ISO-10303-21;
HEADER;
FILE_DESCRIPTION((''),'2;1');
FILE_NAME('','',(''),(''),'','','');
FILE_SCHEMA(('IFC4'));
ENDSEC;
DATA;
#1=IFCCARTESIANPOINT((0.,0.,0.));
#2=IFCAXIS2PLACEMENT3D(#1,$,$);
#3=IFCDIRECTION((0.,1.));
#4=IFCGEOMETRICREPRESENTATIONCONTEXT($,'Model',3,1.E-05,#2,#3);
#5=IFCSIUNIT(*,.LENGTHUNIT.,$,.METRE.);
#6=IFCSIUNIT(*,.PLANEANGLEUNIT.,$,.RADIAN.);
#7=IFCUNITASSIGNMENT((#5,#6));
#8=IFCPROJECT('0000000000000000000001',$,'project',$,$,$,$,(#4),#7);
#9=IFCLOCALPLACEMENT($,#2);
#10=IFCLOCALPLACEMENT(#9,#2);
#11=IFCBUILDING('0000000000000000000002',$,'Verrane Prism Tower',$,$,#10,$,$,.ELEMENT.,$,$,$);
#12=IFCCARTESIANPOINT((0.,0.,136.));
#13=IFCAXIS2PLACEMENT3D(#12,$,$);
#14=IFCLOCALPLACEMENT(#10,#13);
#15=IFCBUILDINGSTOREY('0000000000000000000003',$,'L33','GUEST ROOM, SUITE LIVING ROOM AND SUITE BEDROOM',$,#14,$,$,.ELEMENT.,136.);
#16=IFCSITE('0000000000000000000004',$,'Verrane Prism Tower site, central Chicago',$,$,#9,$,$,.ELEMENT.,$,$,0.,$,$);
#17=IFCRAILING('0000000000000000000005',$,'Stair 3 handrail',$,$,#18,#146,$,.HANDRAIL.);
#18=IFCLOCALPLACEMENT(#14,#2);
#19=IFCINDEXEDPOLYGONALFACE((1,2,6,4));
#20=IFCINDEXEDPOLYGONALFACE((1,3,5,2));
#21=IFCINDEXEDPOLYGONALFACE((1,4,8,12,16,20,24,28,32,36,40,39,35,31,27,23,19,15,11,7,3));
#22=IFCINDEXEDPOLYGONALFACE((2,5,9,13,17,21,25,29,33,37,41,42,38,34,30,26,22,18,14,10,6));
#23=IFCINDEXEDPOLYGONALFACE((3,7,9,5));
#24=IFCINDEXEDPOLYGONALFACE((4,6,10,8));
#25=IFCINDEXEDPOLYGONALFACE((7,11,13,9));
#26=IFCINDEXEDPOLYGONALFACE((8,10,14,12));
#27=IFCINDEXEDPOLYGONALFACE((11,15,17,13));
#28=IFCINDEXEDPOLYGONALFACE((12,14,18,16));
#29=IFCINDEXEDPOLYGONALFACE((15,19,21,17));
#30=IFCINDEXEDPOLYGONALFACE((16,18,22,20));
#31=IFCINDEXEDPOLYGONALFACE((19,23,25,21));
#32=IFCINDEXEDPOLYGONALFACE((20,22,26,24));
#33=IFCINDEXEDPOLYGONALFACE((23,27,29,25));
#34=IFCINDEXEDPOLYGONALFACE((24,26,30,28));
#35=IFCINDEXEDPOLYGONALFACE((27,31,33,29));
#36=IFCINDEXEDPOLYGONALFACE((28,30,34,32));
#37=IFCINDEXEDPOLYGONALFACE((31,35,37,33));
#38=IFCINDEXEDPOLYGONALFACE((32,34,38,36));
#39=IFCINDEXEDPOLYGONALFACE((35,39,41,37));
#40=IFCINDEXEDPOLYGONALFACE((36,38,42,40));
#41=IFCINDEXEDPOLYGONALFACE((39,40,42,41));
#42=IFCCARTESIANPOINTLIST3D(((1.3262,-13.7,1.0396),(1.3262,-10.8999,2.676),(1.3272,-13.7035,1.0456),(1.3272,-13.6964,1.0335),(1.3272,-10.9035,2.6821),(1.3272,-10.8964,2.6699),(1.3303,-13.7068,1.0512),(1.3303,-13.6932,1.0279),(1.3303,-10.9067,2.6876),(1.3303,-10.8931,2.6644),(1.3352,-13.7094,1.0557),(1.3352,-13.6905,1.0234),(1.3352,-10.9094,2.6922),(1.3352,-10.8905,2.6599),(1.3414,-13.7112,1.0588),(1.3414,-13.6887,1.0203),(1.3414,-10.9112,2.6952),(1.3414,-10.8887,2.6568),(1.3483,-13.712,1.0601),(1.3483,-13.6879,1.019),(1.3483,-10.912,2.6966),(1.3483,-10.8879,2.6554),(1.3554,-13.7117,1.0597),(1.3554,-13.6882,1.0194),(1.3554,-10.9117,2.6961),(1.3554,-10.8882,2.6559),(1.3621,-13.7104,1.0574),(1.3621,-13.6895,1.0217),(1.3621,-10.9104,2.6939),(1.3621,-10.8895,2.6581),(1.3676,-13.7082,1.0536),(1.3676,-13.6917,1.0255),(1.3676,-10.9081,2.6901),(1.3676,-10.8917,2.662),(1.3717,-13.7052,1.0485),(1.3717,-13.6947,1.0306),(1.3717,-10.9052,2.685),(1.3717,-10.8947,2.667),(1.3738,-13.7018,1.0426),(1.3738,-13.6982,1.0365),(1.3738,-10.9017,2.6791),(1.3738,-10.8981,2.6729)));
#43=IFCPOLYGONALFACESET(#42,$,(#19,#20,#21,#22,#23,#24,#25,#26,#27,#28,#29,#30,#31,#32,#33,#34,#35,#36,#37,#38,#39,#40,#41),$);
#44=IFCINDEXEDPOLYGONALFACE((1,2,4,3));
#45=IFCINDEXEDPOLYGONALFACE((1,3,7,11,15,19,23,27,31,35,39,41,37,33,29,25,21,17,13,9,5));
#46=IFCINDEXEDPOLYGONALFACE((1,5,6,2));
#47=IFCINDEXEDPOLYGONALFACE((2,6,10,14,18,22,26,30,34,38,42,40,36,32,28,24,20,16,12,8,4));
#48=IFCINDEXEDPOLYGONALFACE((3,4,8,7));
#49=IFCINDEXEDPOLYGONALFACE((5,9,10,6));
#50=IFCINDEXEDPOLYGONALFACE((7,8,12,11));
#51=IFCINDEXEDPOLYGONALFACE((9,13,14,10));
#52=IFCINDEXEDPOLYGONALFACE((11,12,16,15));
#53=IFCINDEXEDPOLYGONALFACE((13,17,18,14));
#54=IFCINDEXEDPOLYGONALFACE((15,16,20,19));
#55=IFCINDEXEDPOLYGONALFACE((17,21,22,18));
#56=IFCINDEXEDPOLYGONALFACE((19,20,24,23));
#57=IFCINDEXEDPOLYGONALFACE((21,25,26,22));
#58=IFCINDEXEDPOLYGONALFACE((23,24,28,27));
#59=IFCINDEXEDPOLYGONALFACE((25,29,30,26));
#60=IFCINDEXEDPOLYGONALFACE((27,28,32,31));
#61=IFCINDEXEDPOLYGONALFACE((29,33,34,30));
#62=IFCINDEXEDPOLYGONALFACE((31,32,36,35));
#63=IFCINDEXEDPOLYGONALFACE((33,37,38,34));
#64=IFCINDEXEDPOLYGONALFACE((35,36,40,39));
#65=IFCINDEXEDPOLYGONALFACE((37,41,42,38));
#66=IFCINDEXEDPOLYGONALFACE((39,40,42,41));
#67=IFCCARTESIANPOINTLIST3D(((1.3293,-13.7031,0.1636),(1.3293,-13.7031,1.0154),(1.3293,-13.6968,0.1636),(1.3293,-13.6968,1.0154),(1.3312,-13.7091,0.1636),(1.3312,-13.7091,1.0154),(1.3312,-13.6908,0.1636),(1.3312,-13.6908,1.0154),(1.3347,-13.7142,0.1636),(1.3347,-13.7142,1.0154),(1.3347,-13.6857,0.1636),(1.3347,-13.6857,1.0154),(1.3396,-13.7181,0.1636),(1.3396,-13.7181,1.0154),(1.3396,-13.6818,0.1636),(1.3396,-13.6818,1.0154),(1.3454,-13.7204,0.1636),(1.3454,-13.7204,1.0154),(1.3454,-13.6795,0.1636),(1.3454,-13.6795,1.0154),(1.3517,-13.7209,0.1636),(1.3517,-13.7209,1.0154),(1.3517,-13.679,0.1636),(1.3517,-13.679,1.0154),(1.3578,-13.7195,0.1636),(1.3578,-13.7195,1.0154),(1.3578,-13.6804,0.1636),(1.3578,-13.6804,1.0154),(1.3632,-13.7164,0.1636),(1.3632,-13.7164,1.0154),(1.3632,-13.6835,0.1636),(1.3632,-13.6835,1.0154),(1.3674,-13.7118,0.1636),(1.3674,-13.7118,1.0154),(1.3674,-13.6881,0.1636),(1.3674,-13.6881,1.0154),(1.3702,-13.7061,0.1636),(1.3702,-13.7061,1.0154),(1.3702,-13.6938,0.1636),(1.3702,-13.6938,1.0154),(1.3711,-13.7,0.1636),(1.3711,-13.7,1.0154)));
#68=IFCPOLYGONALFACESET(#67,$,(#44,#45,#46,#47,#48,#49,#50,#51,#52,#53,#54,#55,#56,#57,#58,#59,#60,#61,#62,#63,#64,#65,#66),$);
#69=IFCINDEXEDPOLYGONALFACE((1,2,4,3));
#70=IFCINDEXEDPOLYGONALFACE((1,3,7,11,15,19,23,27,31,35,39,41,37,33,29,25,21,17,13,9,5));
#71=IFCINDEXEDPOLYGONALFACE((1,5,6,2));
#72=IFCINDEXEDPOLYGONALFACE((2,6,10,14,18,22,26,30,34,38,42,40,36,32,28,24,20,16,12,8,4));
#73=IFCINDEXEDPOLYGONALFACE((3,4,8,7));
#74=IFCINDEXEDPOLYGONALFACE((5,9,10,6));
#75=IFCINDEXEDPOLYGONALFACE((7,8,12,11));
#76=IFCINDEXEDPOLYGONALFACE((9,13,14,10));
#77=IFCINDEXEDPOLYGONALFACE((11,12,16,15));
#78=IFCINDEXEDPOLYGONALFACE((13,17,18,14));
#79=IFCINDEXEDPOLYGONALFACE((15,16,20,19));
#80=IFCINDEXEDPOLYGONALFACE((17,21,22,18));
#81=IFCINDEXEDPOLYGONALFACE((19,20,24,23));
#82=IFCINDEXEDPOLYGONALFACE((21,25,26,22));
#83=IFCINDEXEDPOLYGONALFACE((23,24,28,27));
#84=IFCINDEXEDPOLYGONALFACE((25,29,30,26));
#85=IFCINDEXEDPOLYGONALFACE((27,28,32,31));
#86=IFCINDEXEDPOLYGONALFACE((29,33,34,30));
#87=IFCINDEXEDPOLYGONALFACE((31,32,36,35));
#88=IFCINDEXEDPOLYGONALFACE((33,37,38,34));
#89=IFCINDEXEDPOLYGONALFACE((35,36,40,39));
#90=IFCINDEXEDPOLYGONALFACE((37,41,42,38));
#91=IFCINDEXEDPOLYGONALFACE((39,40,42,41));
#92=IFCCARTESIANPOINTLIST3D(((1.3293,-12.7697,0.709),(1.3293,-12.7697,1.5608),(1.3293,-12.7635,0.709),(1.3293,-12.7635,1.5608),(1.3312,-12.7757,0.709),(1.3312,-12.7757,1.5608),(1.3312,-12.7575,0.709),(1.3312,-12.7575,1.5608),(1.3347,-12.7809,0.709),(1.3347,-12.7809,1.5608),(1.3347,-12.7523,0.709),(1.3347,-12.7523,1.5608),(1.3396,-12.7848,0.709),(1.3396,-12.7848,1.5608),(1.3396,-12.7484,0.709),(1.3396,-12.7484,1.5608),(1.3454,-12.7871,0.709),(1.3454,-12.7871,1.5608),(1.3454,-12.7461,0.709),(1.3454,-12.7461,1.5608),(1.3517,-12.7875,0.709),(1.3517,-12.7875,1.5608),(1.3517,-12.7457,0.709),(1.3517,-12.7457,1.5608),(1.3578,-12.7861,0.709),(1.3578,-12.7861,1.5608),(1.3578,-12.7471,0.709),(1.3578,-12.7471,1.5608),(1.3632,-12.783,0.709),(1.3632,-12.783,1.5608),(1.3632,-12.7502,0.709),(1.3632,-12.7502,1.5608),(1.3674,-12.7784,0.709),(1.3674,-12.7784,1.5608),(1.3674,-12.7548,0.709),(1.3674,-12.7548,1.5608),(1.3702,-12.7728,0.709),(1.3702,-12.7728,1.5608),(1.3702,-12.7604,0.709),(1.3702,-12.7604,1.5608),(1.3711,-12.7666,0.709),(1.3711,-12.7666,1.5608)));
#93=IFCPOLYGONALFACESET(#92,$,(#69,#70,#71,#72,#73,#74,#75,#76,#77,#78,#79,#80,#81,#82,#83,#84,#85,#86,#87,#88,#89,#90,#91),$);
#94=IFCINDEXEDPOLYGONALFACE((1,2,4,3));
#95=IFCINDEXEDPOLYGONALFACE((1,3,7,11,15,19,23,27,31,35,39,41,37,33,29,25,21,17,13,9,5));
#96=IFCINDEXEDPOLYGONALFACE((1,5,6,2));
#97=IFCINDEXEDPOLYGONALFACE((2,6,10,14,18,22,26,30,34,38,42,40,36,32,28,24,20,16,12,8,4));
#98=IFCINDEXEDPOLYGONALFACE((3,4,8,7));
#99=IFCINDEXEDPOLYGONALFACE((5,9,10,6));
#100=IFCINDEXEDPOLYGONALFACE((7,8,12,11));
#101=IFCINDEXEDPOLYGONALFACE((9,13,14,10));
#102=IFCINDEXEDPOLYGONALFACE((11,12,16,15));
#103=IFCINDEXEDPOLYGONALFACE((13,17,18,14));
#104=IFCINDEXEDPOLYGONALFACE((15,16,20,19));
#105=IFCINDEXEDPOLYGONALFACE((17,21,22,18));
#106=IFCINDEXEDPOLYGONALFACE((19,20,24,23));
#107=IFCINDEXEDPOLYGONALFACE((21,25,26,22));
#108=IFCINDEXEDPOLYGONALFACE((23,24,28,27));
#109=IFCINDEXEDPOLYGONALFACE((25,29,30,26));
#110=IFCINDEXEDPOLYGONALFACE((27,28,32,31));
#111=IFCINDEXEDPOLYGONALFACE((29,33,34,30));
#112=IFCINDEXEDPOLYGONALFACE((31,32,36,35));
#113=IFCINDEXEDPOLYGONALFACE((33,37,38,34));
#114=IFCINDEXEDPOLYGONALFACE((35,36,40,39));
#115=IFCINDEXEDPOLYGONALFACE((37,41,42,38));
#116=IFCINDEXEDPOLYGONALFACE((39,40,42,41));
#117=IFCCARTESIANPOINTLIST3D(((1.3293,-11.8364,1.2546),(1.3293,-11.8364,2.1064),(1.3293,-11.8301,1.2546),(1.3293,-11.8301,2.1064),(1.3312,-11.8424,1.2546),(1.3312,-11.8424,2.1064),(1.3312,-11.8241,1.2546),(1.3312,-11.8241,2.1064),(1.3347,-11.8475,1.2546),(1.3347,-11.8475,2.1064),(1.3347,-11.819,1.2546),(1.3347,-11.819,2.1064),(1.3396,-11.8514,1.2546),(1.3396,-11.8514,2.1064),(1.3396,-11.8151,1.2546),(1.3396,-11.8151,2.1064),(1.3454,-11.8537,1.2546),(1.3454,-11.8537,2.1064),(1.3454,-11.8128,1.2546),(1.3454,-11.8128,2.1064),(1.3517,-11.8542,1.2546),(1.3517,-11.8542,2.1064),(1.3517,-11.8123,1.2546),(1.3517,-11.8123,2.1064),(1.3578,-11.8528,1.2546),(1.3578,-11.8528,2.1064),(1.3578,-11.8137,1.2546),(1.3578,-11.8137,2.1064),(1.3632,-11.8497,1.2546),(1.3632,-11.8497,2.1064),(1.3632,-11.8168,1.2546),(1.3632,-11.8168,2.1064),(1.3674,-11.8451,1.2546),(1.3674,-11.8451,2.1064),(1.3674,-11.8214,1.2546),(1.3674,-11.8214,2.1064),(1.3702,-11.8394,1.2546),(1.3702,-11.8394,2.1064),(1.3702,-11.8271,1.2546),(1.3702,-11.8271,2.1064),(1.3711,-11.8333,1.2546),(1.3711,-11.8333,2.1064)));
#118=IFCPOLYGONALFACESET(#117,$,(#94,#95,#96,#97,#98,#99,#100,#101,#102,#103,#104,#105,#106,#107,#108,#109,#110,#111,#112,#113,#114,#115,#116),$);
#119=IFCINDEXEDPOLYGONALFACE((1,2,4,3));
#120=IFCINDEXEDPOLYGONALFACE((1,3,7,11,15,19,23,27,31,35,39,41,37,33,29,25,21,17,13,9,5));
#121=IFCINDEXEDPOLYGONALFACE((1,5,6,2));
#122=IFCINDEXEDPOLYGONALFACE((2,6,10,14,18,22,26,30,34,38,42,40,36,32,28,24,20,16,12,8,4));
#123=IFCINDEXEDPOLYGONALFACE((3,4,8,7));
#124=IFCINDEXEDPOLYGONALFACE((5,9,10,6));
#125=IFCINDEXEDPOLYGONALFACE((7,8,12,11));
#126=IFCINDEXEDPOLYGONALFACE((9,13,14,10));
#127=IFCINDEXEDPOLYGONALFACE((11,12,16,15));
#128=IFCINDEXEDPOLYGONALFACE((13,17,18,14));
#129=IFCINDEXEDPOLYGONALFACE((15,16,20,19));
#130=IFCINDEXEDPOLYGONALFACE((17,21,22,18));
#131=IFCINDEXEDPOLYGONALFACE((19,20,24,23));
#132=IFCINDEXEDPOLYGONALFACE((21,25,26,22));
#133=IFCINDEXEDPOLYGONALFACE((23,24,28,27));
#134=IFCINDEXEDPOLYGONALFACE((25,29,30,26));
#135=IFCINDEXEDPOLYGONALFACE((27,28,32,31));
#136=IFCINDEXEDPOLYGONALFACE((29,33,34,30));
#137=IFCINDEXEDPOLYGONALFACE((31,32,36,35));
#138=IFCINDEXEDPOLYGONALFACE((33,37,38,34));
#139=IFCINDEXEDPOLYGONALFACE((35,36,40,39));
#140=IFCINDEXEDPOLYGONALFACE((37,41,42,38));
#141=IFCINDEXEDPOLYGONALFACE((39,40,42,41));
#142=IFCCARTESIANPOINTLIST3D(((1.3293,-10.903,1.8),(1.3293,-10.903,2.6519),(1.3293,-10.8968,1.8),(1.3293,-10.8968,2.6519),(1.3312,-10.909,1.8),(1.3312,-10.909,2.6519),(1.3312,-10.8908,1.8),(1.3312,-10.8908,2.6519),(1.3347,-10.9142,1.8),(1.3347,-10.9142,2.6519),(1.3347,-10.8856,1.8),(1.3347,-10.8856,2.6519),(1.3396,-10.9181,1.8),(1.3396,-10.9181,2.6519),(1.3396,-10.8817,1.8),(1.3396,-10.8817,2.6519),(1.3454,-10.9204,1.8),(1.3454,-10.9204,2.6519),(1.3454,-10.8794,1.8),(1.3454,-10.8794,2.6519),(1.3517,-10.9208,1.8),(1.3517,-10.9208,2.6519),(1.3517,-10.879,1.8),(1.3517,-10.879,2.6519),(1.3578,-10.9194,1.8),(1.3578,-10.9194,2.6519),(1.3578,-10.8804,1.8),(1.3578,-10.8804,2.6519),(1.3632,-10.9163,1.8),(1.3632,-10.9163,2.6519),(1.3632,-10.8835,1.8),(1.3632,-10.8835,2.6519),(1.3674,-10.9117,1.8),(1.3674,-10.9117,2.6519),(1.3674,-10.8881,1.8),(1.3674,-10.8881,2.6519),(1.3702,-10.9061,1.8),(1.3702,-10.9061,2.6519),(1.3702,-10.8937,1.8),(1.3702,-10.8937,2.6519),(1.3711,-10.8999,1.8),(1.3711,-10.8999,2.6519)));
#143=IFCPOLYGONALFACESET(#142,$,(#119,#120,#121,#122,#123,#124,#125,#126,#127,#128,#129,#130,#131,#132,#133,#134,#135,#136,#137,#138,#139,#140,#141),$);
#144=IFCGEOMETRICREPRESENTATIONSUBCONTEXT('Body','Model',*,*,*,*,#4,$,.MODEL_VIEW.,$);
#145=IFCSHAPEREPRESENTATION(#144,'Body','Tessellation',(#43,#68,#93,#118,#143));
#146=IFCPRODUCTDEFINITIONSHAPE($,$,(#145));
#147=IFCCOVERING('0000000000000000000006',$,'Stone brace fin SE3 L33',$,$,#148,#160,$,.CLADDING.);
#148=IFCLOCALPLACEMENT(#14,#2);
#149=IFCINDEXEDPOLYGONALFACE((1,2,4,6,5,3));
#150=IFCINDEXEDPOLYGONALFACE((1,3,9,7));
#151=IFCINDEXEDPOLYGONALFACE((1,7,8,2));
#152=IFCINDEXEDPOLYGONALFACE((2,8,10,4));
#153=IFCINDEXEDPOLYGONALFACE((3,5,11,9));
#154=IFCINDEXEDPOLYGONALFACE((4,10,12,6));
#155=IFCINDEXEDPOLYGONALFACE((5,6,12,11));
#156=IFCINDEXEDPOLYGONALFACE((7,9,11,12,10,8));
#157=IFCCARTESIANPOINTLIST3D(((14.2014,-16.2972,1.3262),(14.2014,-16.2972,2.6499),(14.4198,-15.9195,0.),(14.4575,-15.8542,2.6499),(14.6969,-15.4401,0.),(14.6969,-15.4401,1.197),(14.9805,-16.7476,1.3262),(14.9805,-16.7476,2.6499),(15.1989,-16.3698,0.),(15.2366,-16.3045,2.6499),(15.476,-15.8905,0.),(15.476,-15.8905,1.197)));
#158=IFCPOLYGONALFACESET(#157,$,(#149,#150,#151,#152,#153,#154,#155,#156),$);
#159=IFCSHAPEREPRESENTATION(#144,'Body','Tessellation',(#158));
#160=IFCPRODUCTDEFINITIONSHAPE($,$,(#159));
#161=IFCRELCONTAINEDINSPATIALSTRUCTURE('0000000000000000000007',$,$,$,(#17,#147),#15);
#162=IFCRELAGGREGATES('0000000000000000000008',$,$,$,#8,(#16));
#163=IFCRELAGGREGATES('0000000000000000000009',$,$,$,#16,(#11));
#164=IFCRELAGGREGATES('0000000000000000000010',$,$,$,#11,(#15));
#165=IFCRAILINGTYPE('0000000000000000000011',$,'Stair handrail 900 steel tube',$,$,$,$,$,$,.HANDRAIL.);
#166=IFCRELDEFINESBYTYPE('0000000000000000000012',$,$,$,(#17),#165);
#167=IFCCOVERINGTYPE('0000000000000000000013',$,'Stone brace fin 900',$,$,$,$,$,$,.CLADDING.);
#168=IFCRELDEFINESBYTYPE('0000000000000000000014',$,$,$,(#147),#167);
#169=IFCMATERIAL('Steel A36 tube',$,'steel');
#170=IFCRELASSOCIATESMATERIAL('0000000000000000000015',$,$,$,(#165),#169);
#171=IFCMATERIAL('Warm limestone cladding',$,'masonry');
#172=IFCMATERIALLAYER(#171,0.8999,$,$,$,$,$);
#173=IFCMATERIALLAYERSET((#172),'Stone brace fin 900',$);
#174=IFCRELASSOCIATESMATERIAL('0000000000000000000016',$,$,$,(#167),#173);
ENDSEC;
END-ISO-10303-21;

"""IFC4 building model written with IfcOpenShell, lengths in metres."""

from ifc_helpers import new_model, si_unit, direction, frame, origin, origin_2d, place, context, subcontext, project, spatial, polyline, circle, outline, extrude, material, layer, layer_set, type_object, element, save


model = new_model("IFC4")

# Units and contexts
model_context = context("Model", 3, precision=1e-05, world=origin(), true_north=direction((0.0, 1.0)))
body_context = subcontext(model_context, "Body", "Model", "MODEL_VIEW")
ifc_project = project(units=[si_unit("LENGTHUNIT", "METRE"), si_unit("PLANEANGLEUNIT", "RADIAN")], contexts=[model_context])

# Site, building, storey
site_placement = place(None, origin())
site = spatial("IfcSite", under=ifc_project, at=site_placement, Name="Verrane Prism Tower site, central Chicago", CompositionType="ELEMENT", RefElevation=0.0)
building_placement = place(site_placement, origin())
building = spatial("IfcBuilding", under=site, at=building_placement, Name="Verrane Prism Tower", CompositionType="ELEMENT")
storey_placement = place(building_placement, frame((0.0, 0.0, 136.0)))
storey = spatial("IfcBuildingStorey", under=building, at=storey_placement, Name="L33", Description="GUEST ROOM, SUITE LIVING ROOM AND SUITE BEDROOM", CompositionType="ELEMENT", Elevation=136.0)

# Railing
ifc_material_1 = material(Name="Steel A36 tube", Category="steel")
railing_type_1 = type_object("IfcRailingType", Name="Stair handrail 900 steel tube", PredefinedType="HANDRAIL", material=ifc_material_1)
railing_1_placement = place(storey_placement, frame((1.3501, -13.7, 0.1636)))
element("IfcRailing", 1, at=railing_1_placement, inside=storey, type_object=railing_type_1, Name="Stair 3 handrail", PredefinedType="HANDRAIL", context=body_context, shape_type="SweptSolid", body=[
    extrude(circle(Radius=0.0239, at=origin_2d()), frame((0.0, 0.0, 0.876), z_axis=(0.0, 0.863361, 0.504587), x_axis=(-1.0, 0.0, 0.0)), (0.0, 0.0, 1.0), 3.2432),
    extrude(circle(Radius=0.021, at=origin_2d()), origin(), (0.0, 0.0, 1.0), 0.8518),
    extrude(circle(Radius=0.021, at=origin_2d()), frame((0.0, 0.9333, 0.5454)), (0.0, 0.0, 1.0), 0.8518),
    extrude(circle(Radius=0.021, at=origin_2d()), frame((0.0, 1.8667, 1.0911)), (0.0, 0.0, 1.0), 0.8518),
    extrude(circle(Radius=0.021, at=origin_2d()), frame((0.0, 2.8, 1.6365)), (0.0, 0.0, 1.0), 0.8518),
])

# Covering
ifc_material_2 = material(Name="Warm limestone cladding", Category="masonry")
ifc_layer_1 = layer(ifc_material_2, 0.8999)
ifc_layer_set_1 = layer_set([ifc_layer_1], Name="Stone brace fin 900")
covering_type = type_object("IfcCoveringType", Name="Stone brace fin 900", PredefinedType="CLADDING", material=ifc_layer_set_1)
covering_placement = place(storey_placement, frame((15.0864, -15.6653, 0.0), z_axis=(0.0, 0.0, 1.0), x_axis=(-0.500463, -0.865758, 0.0)))
element("IfcCovering", 2, at=covering_placement, inside=storey, type_object=covering_type, Name="Stone brace fin SE3 L33", PredefinedType="CLADDING", context=body_context, shape_type="SweptSolid", body=[
    extrude(outline(polyline([(0.99, 2.6499), (0.4783, 2.6499), (0.0, 1.197), (0.0, 0.0), (0.5537, 0.0), (0.99, 1.3262), (0.99, 2.6499)])), frame((0.0, 0.45, 0.0), z_axis=(0.0, -1.0, 0.0), x_axis=(1.0, 0.0, 0.0)), (0.0, 0.0, 1.0), 0.8999),
])

save(model, "model.ifc")
